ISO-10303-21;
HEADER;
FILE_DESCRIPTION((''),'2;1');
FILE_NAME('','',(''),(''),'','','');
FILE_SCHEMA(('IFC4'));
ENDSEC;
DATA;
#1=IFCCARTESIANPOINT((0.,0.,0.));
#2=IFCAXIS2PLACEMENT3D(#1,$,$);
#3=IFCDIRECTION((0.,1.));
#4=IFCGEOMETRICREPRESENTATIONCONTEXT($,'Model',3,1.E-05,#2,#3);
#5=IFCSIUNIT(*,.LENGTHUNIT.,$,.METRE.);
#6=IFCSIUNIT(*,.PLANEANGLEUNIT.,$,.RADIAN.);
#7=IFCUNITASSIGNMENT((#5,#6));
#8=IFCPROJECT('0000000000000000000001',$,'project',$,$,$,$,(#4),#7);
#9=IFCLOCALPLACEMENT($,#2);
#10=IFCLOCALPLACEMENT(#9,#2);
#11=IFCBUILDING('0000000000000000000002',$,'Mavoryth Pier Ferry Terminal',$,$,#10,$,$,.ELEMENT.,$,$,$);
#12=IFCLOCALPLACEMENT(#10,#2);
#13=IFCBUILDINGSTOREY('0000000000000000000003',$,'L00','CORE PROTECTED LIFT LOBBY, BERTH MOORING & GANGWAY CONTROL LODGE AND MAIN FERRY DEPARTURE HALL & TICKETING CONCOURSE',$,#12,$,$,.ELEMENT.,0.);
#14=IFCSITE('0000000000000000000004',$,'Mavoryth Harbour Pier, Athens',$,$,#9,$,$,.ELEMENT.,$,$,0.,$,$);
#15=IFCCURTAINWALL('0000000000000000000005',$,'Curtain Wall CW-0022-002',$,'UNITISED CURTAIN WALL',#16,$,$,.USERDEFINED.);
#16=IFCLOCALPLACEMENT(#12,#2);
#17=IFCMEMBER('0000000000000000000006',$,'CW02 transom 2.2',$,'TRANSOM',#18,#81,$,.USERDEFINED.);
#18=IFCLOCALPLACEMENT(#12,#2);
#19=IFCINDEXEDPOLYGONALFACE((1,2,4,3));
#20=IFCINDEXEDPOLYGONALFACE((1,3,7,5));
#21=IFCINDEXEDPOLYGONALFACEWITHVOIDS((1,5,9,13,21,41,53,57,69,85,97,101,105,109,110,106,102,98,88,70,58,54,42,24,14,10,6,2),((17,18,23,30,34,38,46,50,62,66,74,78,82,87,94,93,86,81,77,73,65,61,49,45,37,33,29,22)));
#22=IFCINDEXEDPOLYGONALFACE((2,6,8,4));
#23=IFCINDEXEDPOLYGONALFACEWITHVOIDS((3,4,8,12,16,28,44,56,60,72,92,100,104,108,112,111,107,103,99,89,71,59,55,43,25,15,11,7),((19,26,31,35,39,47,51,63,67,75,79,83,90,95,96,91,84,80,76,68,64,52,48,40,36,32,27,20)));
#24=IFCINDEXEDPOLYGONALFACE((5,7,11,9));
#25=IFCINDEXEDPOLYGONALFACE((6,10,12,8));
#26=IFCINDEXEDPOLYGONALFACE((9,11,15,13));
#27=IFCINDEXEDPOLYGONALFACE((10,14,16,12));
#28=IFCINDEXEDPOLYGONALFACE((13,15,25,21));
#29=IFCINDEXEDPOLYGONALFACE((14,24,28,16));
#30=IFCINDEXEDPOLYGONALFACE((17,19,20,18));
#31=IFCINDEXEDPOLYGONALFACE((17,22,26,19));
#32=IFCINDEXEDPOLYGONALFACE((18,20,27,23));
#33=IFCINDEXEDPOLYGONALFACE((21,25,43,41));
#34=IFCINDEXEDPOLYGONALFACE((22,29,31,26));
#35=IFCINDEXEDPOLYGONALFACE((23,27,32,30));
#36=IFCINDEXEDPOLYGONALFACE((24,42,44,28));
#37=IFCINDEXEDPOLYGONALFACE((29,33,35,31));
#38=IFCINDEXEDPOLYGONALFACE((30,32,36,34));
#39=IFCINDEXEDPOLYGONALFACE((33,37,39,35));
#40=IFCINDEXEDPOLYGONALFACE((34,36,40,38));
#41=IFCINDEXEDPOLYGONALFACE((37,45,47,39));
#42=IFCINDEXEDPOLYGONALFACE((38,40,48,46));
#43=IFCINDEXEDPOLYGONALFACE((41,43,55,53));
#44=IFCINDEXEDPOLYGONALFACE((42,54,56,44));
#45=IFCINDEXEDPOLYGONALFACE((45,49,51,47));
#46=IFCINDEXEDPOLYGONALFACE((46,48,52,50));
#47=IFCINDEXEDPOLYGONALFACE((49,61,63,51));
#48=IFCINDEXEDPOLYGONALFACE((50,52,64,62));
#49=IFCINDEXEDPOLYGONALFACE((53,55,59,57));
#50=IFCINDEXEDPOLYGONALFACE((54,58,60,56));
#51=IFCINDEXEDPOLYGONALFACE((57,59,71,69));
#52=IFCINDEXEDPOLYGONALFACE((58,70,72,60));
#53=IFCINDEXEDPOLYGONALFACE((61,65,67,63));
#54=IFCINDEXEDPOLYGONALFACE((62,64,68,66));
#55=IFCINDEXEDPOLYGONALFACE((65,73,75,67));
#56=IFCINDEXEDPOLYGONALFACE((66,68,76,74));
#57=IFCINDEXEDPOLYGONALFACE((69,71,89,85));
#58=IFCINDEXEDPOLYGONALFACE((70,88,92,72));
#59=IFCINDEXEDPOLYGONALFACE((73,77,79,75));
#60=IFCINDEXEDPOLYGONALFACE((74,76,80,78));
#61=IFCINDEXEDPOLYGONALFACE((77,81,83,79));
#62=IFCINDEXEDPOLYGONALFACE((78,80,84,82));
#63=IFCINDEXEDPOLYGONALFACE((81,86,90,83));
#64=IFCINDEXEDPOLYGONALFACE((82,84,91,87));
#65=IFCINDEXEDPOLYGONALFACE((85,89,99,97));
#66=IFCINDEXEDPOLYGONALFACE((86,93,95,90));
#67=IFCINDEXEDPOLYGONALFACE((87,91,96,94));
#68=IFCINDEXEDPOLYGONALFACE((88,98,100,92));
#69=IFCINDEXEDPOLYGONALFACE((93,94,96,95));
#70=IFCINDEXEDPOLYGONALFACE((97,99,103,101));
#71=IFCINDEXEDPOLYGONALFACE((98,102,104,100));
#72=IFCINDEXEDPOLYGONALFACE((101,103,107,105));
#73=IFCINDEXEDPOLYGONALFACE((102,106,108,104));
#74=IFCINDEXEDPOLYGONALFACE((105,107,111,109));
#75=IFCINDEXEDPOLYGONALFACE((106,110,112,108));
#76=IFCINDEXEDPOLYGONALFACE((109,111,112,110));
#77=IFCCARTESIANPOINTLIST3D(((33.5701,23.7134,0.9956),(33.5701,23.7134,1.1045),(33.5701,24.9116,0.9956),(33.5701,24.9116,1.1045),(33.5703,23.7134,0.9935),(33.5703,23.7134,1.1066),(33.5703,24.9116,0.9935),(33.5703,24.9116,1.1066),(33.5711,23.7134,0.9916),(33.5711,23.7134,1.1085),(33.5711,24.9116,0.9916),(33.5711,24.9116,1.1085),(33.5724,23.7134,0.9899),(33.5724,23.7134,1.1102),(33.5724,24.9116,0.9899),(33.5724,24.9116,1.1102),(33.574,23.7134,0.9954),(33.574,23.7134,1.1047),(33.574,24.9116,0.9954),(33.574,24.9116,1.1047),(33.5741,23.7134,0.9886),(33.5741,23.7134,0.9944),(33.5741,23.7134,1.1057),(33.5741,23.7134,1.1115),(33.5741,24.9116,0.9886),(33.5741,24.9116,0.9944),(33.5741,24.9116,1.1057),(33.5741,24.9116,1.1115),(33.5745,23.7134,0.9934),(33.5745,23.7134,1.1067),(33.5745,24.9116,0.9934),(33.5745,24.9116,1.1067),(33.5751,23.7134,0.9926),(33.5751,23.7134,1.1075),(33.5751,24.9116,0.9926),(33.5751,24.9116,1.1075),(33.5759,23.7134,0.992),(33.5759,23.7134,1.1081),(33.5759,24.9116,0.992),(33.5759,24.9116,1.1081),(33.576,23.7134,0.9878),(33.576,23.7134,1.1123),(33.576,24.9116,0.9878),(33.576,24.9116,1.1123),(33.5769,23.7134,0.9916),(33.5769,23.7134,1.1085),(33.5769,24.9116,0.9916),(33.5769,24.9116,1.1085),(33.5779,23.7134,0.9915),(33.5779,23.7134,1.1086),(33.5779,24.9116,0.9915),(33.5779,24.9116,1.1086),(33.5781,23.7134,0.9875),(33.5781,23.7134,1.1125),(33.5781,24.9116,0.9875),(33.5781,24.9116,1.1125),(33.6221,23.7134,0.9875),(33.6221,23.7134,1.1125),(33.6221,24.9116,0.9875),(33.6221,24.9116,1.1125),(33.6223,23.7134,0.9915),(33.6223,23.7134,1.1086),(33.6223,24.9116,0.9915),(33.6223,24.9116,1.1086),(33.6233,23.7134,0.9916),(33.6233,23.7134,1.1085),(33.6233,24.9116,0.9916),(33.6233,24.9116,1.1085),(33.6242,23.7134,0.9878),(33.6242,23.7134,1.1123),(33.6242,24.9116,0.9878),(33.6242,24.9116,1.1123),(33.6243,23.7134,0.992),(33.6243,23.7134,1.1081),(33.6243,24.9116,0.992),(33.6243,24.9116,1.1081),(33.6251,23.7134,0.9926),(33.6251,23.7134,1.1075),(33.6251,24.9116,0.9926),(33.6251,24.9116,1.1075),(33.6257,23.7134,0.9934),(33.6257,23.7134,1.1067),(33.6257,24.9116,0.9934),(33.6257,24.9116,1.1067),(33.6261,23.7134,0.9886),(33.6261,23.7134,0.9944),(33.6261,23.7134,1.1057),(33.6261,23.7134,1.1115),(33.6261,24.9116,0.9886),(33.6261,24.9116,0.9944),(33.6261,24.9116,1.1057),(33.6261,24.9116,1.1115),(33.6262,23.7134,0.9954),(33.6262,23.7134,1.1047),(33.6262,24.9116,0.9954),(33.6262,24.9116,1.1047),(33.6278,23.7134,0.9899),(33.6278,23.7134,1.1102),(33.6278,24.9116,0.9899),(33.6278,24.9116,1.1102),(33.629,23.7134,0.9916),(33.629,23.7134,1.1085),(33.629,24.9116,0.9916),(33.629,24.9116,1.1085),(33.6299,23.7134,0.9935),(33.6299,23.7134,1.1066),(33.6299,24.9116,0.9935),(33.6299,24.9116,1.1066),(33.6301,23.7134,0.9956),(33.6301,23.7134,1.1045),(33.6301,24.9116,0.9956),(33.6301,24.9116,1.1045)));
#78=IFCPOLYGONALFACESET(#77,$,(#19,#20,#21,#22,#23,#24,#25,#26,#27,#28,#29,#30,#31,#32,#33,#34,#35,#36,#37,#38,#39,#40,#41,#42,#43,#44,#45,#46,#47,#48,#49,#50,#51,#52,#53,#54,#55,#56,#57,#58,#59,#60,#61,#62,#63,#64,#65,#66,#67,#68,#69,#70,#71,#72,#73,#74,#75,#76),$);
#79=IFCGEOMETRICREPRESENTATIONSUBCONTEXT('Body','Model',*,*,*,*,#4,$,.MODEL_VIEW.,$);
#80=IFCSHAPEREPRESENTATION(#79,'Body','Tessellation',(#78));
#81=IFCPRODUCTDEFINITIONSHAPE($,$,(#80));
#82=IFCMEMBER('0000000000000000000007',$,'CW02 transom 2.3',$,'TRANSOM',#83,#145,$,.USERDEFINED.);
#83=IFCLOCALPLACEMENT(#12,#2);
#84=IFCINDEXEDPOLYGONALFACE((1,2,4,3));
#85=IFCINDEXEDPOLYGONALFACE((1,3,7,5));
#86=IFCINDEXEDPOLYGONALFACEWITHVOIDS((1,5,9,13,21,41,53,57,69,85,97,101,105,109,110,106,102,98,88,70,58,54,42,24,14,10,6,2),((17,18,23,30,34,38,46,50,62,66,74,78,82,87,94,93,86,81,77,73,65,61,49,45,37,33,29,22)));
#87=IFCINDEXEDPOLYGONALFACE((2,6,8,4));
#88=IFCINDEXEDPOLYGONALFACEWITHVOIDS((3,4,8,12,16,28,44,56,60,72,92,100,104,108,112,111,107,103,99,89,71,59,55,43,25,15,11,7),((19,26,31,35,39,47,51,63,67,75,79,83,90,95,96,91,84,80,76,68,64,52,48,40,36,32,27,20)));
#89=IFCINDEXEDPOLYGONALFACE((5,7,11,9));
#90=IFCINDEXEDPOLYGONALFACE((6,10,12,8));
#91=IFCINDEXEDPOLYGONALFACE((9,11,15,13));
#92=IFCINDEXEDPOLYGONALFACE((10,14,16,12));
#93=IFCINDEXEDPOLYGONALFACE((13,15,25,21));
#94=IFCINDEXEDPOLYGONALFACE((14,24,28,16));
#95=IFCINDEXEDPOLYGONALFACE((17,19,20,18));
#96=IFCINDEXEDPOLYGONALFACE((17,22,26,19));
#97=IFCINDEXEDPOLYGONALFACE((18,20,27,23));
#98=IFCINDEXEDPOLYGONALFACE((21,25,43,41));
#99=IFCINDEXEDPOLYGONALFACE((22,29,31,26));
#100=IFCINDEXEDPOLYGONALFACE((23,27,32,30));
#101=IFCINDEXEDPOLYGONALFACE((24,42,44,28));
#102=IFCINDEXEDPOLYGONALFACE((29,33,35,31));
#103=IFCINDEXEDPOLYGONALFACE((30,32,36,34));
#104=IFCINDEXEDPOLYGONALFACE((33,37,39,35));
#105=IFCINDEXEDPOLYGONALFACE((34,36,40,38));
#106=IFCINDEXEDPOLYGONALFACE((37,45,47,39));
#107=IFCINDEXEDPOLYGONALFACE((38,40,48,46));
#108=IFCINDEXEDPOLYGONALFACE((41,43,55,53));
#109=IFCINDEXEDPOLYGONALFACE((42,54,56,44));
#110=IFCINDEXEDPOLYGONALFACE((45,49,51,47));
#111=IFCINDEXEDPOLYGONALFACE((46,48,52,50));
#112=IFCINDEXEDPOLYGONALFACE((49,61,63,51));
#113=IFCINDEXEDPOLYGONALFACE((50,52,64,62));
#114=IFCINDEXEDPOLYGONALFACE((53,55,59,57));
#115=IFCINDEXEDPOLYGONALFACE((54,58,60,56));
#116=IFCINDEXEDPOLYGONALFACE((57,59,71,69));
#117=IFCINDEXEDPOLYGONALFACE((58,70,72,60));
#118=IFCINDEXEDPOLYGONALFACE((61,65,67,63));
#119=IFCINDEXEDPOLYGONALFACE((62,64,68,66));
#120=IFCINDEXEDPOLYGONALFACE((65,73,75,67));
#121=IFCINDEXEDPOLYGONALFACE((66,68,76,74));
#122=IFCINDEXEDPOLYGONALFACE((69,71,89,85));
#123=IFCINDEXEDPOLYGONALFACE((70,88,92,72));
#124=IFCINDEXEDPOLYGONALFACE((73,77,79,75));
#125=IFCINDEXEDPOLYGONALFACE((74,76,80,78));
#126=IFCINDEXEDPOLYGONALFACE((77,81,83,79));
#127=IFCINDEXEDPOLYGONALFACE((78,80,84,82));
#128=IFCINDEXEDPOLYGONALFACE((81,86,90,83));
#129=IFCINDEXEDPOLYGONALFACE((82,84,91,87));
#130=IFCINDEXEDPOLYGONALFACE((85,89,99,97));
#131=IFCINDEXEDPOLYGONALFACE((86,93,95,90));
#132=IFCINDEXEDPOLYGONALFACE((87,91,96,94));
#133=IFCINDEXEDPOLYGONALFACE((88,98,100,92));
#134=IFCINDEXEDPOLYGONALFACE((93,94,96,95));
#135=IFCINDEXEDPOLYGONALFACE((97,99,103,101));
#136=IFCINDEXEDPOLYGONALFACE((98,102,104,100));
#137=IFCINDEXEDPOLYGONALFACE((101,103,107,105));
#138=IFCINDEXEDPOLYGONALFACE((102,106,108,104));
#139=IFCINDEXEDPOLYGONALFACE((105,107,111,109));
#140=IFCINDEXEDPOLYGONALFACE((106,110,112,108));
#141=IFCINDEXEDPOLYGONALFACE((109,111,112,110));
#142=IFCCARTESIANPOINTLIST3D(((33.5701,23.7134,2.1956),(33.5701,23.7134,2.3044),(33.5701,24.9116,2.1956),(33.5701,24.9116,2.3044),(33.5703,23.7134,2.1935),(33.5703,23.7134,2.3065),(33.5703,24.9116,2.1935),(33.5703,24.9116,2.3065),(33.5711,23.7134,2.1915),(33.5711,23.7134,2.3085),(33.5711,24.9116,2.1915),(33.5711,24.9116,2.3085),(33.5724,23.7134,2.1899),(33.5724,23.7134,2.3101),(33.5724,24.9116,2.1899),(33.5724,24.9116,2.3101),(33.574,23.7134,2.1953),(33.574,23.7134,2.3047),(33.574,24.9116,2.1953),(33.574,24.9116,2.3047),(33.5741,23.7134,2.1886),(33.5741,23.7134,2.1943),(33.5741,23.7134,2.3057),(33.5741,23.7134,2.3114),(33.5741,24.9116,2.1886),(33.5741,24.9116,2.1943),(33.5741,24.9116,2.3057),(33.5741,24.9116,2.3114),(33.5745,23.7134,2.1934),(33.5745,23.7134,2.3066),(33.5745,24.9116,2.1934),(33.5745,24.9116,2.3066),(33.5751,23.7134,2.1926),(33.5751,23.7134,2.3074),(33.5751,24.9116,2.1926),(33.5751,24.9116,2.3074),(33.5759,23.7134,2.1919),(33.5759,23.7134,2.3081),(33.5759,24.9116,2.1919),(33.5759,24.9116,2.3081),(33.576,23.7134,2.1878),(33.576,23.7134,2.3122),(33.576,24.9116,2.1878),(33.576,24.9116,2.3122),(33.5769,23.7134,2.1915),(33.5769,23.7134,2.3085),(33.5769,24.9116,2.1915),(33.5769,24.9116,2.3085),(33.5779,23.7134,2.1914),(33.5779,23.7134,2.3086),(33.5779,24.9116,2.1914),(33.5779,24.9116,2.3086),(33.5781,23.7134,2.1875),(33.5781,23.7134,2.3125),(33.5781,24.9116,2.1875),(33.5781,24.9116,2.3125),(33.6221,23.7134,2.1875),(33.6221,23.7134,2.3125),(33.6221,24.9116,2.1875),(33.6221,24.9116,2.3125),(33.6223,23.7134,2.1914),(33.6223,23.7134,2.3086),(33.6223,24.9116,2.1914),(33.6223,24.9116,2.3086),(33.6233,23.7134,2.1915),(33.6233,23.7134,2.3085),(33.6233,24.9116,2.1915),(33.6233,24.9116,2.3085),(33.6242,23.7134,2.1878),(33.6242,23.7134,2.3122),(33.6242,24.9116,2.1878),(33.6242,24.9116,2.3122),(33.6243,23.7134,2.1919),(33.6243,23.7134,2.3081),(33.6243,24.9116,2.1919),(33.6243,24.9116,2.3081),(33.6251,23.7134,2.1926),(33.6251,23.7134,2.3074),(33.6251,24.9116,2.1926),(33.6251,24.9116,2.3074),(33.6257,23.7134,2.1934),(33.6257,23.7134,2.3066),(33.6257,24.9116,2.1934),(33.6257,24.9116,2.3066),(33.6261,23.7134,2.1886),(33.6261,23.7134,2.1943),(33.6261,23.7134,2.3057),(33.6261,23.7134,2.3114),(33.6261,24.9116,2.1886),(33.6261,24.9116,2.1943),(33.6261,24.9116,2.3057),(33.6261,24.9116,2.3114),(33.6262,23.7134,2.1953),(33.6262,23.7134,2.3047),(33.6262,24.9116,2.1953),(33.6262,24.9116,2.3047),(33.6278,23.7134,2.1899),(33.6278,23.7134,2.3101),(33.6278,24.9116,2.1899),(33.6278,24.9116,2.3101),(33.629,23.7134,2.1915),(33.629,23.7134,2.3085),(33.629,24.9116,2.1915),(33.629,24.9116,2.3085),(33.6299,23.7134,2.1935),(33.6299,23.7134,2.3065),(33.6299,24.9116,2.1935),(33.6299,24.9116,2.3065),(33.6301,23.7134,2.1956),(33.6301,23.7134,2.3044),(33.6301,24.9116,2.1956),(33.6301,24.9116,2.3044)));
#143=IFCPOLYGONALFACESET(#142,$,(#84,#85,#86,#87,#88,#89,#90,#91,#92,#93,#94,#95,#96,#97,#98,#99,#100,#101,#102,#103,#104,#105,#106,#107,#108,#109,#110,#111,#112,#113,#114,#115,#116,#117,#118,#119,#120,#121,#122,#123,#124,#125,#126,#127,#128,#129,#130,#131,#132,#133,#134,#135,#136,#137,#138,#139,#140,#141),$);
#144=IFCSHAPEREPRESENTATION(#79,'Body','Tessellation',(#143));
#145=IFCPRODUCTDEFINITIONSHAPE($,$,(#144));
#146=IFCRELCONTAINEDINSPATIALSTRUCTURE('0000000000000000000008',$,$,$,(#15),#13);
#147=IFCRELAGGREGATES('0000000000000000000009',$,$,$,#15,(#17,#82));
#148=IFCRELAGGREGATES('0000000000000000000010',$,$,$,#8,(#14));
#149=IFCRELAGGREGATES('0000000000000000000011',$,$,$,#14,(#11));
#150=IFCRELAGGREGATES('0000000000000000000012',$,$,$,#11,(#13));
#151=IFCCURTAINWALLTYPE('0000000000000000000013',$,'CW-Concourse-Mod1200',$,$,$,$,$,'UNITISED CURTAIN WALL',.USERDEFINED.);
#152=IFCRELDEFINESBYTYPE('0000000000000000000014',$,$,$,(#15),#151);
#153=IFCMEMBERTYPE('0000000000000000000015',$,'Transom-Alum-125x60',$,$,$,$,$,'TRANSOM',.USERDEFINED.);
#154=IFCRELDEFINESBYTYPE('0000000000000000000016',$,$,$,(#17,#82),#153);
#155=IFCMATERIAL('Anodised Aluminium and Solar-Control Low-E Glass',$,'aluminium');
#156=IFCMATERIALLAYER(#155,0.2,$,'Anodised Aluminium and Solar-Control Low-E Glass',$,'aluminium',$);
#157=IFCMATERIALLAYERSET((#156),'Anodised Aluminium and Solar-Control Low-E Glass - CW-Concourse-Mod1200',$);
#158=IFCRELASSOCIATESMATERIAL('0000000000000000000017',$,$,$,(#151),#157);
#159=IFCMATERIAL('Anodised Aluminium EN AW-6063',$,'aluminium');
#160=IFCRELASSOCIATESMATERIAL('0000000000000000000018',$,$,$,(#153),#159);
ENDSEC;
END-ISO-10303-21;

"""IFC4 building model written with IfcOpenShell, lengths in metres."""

from ifc_helpers import new_model, si_unit, direction, frame, origin, origin_2d, place, context, subcontext, project, spatial, hollow_rectangle, extrude, material, layer, layer_set, material_profile, profile_set, type_object, element, aggregate, save


model = new_model("IFC4")

# Units and contexts
model_context = context("Model", 3, precision=1e-05, world=origin(), true_north=direction((0.0, 1.0)))
body_context = subcontext(model_context, "Body", "Model", "MODEL_VIEW")
ifc_project = project(units=[si_unit("LENGTHUNIT", "METRE"), si_unit("PLANEANGLEUNIT", "RADIAN")], contexts=[model_context])

# Site, building, storey
site_placement = place(None, origin())
site = spatial("IfcSite", under=ifc_project, at=site_placement, Name="Mavoryth Harbour Pier, Athens", CompositionType="ELEMENT", RefElevation=0.0)
building_placement = place(site_placement, origin())
building = spatial("IfcBuilding", under=site, at=building_placement, Name="Mavoryth Pier Ferry Terminal", CompositionType="ELEMENT")
storey_placement = place(building_placement, origin())
storey = spatial("IfcBuildingStorey", under=building, at=storey_placement, Name="L00", Description="CORE PROTECTED LIFT LOBBY, BERTH MOORING & GANGWAY CONTROL LODGE AND MAIN FERRY DEPARTURE HALL & TICKETING CONCOURSE", CompositionType="ELEMENT", Elevation=0.0)

# Curtain wall, members
ifc_material_1 = material(Name="Anodised Aluminium and Solar-Control Low-E Glass", Category="aluminium")
ifc_layer_1 = layer(ifc_material_1, 0.2, Name="Anodised Aluminium and Solar-Control Low-E Glass", Category="aluminium")
ifc_layer_set_1 = layer_set([ifc_layer_1], Name="Anodised Aluminium and Solar-Control Low-E Glass - CW-Concourse-Mod1200")
curtain_wall_type = type_object("IfcCurtainWallType", Name="CW-Concourse-Mod1200", ElementType="UNITISED CURTAIN WALL", PredefinedType="USERDEFINED", material=ifc_layer_set_1)
curtain_wall_placement = place(storey_placement, origin())
curtain_wall = element("IfcCurtainWall", 1, at=curtain_wall_placement, inside=storey, type_object=curtain_wall_type, Name="Curtain Wall CW-0022-002", ObjectType="UNITISED CURTAIN WALL", PredefinedType="USERDEFINED")
ifc_material_2 = material(Name="Anodised Aluminium EN AW-6063", Category="aluminium")
ifc_material_profile_1 = material_profile(ifc_material_2, hollow_rectangle(XDim=0.0601, YDim=0.125, WallThickness=0.0039, InnerFilletRadius=0.0039, OuterFilletRadius=0.0081, at=origin_2d()), Name="AL-TRAN 125x60x4", Category="aluminium")
ifc_profile_set_1 = profile_set([ifc_material_profile_1], Name="Anodised Aluminium EN AW-6063 - AL-TRAN 125x60x4")
member_type_1 = type_object("IfcMemberType", Name="Transom-Alum-125x60", ElementType="TRANSOM", PredefinedType="USERDEFINED", material=ifc_profile_set_1)
member_1_placement = place(storey_placement, frame((33.6001, 23.7134, 1.05), z_axis=(0.0, 1.0, 0.0), x_axis=(-1.0, 0.0, 0.0)))
member_1 = element("IfcMember", 2, at=member_1_placement, type_object=member_type_1, Name="CW02 transom 2.2", ObjectType="TRANSOM", PredefinedType="USERDEFINED", context=body_context, shape_type="SweptSolid", body=[
    extrude(hollow_rectangle(XDim=0.0601, YDim=0.125, WallThickness=0.0039, InnerFilletRadius=0.0039, OuterFilletRadius=0.0081, at=origin_2d()), origin(), (0.0, 0.0, 1.0), 1.1982),
])
member_2_placement = place(storey_placement, frame((33.6001, 23.7134, 2.25), z_axis=(0.0, 1.0, 0.0), x_axis=(-1.0, 0.0, 0.0)))
member_2 = element("IfcMember", 3, at=member_2_placement, type_object=member_type_1, Name="CW02 transom 2.3", ObjectType="TRANSOM", PredefinedType="USERDEFINED", context=body_context, shape_type="SweptSolid", body=[
    extrude(hollow_rectangle(XDim=0.0601, YDim=0.125, WallThickness=0.0039, InnerFilletRadius=0.0039, OuterFilletRadius=0.0081, at=origin_2d()), origin(), (0.0, 0.0, 1.0), 1.1982),
])
aggregate(curtain_wall, [member_1, member_2])

save(model, "model.ifc")
